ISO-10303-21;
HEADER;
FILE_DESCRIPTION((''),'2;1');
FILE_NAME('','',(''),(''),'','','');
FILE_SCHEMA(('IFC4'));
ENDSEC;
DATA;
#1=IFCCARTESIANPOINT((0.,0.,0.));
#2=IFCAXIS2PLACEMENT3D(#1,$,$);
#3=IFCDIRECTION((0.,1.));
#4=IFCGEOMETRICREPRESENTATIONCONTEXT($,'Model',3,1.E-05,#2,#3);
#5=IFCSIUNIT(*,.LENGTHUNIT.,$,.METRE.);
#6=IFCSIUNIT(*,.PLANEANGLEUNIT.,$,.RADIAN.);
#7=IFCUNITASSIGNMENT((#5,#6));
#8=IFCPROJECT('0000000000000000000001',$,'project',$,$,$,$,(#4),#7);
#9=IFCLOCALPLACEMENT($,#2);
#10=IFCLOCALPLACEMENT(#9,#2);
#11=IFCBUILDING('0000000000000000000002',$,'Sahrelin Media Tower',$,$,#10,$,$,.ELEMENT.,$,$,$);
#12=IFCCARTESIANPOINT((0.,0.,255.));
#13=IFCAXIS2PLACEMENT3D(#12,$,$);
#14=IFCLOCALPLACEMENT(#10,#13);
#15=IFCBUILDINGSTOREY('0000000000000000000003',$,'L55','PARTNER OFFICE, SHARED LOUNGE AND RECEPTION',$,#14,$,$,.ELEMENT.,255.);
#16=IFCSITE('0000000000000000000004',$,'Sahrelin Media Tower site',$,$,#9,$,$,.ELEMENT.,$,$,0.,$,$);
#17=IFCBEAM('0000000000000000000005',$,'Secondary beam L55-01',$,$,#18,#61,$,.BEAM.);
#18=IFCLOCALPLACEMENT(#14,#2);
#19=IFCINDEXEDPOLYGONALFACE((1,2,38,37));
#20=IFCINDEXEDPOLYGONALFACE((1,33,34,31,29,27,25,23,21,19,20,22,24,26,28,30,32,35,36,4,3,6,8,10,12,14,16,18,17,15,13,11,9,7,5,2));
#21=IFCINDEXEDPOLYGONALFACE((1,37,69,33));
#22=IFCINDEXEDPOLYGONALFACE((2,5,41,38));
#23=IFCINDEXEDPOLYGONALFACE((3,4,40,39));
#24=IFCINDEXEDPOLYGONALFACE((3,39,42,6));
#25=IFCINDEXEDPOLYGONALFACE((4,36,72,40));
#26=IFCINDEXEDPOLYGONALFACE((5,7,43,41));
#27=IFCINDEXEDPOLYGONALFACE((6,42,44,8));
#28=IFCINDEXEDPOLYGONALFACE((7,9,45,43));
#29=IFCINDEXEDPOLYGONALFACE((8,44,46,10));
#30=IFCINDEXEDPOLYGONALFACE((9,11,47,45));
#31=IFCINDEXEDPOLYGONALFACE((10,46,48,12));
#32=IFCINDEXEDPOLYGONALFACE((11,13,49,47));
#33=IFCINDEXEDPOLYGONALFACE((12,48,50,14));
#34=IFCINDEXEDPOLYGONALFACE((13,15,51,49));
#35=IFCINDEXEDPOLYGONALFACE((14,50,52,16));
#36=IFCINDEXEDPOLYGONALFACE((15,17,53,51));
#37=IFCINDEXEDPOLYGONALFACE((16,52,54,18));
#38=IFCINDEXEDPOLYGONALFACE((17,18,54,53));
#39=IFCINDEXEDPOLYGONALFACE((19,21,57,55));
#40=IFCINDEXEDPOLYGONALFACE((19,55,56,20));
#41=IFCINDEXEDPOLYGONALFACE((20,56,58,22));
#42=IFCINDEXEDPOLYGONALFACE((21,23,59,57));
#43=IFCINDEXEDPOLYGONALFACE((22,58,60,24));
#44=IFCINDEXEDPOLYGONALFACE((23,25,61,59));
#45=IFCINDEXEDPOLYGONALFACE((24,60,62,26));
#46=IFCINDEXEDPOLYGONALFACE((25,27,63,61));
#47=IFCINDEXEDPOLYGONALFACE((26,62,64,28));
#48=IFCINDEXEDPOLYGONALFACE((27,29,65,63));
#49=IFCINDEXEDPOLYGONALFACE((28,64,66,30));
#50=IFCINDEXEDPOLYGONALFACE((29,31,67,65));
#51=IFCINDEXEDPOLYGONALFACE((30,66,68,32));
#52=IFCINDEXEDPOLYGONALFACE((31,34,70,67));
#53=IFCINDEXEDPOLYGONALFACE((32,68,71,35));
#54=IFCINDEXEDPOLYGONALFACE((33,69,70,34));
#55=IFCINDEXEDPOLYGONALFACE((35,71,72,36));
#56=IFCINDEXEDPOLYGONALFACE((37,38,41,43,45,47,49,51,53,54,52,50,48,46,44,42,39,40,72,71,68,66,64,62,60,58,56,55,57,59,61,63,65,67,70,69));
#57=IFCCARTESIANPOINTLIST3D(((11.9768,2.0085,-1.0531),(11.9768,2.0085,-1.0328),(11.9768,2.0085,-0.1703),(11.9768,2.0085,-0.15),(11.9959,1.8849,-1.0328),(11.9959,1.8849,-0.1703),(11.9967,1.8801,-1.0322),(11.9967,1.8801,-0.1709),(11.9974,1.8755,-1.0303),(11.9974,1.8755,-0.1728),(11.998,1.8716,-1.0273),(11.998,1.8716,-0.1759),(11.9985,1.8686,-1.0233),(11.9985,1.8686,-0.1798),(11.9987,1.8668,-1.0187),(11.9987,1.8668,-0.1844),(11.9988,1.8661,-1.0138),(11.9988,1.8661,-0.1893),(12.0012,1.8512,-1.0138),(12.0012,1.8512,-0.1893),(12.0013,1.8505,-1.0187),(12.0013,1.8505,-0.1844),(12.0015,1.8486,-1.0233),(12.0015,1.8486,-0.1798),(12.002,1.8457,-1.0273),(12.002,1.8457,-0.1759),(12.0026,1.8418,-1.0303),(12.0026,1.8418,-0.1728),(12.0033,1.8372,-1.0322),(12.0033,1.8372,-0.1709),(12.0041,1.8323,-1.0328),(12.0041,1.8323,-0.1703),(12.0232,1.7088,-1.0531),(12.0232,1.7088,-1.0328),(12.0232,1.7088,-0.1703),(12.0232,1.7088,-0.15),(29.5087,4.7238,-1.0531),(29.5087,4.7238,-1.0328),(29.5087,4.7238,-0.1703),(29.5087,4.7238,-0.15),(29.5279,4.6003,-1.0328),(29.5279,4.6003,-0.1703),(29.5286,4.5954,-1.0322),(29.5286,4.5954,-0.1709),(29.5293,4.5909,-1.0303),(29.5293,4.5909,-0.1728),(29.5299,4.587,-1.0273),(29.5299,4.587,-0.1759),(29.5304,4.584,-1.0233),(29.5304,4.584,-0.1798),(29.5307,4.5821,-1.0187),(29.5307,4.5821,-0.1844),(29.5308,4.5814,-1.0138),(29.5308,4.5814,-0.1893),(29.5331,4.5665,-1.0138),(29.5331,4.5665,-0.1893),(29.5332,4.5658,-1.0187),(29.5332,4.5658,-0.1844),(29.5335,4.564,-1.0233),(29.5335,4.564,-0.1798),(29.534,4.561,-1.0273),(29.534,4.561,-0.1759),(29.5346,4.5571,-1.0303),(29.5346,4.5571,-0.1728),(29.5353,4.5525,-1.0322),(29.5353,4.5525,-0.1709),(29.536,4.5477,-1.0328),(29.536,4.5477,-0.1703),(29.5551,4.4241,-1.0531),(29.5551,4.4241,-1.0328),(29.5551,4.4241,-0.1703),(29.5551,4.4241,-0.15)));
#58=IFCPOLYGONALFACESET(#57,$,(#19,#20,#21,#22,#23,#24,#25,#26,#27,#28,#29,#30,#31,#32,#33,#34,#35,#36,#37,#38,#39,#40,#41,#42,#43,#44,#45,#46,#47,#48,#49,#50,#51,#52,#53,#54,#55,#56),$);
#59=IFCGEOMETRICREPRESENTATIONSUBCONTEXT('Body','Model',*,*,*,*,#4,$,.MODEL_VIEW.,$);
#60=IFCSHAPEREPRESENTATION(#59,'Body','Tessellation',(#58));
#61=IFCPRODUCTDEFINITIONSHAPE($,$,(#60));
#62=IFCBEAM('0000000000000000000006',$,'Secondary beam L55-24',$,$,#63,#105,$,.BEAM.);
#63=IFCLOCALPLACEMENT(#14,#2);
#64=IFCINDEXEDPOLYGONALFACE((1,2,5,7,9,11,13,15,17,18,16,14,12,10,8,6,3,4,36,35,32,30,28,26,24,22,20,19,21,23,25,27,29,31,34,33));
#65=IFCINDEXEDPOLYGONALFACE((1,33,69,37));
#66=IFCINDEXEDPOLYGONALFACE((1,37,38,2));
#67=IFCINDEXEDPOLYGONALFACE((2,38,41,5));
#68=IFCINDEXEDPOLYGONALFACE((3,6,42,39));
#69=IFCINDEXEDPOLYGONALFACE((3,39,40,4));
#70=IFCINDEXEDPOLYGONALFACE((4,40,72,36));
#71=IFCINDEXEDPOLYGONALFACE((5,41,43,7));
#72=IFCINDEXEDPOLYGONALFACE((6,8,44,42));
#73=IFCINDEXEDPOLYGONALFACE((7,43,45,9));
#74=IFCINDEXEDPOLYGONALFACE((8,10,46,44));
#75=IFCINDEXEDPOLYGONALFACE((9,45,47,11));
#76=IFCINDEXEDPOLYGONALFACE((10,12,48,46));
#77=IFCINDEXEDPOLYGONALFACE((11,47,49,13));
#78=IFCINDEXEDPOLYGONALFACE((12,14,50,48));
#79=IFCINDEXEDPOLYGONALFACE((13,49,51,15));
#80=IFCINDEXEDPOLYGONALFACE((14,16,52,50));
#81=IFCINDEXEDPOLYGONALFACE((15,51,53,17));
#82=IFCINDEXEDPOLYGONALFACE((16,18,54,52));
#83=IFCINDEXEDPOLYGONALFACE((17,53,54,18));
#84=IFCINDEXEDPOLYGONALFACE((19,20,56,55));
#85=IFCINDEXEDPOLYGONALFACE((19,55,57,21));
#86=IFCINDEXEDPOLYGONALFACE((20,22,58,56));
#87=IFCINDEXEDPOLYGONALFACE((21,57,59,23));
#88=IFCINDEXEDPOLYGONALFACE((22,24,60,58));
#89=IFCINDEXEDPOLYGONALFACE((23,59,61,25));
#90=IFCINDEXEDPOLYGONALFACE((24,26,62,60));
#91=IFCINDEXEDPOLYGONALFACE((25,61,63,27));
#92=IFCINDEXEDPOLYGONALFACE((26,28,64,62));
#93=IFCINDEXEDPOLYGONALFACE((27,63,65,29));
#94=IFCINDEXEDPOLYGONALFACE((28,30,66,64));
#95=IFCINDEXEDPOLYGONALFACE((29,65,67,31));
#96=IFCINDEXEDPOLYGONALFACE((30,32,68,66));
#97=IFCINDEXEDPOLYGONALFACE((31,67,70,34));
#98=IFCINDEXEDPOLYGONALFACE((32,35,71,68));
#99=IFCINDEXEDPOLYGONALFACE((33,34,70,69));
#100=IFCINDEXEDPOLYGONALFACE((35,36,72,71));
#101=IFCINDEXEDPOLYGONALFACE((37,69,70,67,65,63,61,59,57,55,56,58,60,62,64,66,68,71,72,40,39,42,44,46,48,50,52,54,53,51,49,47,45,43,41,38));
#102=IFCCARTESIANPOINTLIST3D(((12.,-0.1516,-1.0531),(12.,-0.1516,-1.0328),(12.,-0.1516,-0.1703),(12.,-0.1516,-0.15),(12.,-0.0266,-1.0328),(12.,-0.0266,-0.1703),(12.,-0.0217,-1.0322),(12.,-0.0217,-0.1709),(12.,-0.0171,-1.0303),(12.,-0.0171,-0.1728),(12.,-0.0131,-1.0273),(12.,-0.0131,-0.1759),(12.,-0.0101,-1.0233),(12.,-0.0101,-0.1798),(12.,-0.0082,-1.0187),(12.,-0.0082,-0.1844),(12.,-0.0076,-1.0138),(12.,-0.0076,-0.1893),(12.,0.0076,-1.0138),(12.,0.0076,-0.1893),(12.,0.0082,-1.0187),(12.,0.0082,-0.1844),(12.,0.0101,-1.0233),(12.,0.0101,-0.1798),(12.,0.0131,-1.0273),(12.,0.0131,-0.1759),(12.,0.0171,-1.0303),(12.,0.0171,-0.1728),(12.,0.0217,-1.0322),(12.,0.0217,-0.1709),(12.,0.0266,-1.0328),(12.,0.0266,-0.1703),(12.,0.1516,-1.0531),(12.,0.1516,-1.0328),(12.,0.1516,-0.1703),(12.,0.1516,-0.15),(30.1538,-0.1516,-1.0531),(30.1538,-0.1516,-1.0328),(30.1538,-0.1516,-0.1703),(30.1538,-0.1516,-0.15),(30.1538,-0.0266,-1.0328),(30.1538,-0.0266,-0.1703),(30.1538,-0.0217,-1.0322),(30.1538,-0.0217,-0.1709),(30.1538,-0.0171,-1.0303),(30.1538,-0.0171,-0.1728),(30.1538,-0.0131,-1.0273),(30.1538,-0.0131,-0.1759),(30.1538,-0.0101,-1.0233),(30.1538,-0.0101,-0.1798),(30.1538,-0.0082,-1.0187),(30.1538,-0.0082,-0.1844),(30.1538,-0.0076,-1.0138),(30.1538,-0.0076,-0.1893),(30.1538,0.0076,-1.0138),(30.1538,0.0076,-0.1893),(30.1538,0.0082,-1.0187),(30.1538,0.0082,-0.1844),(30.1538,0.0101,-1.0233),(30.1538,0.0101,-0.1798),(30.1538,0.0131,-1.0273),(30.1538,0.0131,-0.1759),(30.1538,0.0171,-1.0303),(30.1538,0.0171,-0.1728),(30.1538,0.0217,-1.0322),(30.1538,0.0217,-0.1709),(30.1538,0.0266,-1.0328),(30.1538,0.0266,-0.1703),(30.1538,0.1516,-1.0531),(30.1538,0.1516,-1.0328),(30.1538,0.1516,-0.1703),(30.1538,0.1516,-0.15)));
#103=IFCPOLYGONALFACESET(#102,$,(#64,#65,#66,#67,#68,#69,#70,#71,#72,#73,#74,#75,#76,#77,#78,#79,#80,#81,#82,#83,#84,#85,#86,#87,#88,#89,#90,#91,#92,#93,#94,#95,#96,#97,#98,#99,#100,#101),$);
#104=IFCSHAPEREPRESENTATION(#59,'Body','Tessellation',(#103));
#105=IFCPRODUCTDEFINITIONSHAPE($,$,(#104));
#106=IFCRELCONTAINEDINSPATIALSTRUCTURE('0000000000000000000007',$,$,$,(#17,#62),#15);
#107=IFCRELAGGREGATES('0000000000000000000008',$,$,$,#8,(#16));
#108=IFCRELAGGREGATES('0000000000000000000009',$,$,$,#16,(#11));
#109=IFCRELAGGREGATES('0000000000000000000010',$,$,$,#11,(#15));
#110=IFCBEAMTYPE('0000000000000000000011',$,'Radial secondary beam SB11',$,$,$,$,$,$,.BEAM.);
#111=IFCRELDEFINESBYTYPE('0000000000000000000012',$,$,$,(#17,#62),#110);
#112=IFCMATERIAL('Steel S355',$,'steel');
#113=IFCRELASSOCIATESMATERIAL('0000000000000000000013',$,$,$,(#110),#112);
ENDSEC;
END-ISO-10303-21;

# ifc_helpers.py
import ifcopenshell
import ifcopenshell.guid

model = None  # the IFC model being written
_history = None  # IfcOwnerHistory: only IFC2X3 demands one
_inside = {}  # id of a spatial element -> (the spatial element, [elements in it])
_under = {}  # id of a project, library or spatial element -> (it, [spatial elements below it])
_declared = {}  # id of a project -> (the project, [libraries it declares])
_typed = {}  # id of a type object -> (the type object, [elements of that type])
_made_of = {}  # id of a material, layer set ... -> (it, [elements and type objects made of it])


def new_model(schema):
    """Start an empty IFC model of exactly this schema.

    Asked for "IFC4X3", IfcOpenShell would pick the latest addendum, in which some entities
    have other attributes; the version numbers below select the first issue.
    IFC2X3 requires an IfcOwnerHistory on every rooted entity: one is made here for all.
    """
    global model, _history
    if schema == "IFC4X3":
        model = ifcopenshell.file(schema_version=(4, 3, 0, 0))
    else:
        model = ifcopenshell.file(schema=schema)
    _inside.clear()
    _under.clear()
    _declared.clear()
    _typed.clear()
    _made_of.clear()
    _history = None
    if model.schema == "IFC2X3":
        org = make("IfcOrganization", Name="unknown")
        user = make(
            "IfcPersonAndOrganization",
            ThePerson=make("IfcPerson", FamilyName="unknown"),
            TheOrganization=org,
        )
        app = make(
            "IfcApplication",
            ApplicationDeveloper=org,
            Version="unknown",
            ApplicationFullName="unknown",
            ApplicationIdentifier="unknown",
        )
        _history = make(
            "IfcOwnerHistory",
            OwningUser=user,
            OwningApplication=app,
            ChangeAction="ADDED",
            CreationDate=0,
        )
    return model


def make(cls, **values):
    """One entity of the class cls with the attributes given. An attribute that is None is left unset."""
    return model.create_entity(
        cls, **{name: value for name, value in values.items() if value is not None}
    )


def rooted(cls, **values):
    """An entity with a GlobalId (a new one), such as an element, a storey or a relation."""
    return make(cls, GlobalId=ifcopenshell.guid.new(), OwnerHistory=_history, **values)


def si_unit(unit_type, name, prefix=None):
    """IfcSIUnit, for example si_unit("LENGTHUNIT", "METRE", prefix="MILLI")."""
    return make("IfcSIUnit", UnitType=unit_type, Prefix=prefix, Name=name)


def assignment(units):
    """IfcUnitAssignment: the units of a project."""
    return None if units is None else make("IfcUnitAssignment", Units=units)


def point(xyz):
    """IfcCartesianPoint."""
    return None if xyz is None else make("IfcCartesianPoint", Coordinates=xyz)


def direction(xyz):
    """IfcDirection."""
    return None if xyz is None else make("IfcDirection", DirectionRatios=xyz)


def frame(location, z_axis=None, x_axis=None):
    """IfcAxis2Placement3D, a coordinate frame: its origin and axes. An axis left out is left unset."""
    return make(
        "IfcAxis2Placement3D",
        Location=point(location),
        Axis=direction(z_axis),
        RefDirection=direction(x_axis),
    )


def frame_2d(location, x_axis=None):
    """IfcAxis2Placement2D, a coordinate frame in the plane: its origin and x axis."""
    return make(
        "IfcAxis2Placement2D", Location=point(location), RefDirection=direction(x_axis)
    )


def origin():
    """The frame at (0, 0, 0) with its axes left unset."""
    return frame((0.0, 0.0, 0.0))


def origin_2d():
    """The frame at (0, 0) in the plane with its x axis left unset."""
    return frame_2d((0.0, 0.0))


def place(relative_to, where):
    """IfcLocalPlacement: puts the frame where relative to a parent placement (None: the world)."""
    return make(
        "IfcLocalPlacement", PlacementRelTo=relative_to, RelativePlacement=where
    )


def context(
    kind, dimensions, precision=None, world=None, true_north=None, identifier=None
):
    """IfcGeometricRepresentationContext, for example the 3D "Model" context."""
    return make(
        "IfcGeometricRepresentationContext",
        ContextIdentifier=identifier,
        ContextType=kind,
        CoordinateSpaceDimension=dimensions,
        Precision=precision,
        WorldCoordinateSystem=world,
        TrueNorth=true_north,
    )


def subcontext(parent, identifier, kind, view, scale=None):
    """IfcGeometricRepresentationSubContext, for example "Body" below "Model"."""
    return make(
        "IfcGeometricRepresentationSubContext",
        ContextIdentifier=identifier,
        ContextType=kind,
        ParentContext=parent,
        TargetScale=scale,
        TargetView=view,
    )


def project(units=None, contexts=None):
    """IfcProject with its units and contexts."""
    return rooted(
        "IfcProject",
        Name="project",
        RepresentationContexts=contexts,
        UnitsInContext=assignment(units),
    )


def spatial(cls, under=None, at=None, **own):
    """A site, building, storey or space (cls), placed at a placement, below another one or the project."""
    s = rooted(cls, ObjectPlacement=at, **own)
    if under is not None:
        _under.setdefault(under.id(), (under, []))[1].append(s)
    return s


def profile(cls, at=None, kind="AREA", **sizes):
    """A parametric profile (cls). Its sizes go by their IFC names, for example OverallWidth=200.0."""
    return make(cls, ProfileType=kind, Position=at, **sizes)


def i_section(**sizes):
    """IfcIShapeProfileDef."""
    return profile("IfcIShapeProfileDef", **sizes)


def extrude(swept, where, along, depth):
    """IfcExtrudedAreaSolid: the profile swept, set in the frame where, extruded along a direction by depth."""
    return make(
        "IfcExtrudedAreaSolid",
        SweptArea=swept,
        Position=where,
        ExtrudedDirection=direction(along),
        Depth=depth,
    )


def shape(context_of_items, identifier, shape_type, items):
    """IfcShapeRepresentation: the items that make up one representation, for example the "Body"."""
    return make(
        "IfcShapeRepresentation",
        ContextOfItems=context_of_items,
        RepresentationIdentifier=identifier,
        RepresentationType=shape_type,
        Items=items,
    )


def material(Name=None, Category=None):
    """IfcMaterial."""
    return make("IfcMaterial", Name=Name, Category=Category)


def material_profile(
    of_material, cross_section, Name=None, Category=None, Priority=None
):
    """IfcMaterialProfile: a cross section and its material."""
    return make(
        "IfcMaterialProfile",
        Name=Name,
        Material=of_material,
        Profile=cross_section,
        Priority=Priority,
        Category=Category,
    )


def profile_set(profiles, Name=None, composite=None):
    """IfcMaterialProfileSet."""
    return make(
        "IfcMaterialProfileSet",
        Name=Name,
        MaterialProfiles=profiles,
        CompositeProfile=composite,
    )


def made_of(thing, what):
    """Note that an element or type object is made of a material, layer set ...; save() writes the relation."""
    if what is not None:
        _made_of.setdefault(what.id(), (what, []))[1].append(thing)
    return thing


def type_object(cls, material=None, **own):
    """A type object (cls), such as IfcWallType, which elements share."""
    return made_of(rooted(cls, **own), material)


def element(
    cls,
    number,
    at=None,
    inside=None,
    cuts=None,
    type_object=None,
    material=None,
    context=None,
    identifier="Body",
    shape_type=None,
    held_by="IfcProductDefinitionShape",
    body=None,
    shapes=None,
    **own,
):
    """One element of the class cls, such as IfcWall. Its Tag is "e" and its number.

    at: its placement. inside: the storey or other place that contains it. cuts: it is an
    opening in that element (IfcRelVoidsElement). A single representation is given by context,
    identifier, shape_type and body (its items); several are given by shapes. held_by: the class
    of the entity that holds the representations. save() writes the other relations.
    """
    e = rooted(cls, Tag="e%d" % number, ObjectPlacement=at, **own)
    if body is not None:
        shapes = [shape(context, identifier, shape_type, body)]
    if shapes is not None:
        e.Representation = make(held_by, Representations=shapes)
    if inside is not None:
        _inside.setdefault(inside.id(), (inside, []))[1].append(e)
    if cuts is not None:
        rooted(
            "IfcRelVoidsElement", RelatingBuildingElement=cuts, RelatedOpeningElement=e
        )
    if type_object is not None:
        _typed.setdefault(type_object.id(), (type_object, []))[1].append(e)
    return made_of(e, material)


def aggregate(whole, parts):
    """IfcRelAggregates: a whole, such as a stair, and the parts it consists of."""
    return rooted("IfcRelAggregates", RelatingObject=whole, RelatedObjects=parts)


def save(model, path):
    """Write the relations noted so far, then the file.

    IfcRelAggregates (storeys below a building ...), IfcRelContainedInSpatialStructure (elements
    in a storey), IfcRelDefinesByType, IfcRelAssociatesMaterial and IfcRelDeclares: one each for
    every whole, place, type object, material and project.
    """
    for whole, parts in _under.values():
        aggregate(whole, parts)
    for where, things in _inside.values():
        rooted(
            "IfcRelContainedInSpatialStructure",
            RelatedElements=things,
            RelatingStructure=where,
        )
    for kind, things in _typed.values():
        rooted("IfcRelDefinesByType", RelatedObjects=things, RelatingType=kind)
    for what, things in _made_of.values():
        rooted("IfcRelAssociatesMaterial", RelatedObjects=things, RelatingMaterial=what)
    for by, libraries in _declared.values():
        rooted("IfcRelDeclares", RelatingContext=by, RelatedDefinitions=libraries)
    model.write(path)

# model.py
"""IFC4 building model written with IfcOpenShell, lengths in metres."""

from ifc_helpers import new_model, si_unit, direction, frame, origin, origin_2d, place, context, subcontext, project, spatial, i_section, extrude, material, material_profile, profile_set, type_object, element, save


model = new_model("IFC4")

# Units and contexts
model_context = context("Model", 3, precision=1e-05, world=origin(), true_north=direction((0.0, 1.0)))
body_context = subcontext(model_context, "Body", "Model", "MODEL_VIEW")
ifc_project = project(units=[si_unit("LENGTHUNIT", "METRE"), si_unit("PLANEANGLEUNIT", "RADIAN")], contexts=[model_context])

# Site, building, storey
site_placement = place(None, origin())
site = spatial("IfcSite", under=ifc_project, at=site_placement, Name="Sahrelin Media Tower site", CompositionType="ELEMENT", RefElevation=0.0)
building_placement = place(site_placement, origin())
building = spatial("IfcBuilding", under=site, at=building_placement, Name="Sahrelin Media Tower", CompositionType="ELEMENT")
storey_placement = place(building_placement, frame((0.0, 0.0, 255.0)))
storey = spatial("IfcBuildingStorey", under=building, at=storey_placement, Name="L55", Description="PARTNER OFFICE, SHARED LOUNGE AND RECEPTION", CompositionType="ELEMENT", Elevation=255.0)

# Beams
ifc_material_1 = material(Name="Steel S355", Category="steel")
ifc_material_profile_1 = material_profile(ifc_material_1, i_section(OverallWidth=0.3032, OverallDepth=0.9031, WebThickness=0.0151, FlangeThickness=0.0203, FilletRadius=0.019, at=origin_2d()), Name="UB 914x305x201")
ifc_profile_set_1 = profile_set([ifc_material_profile_1], Name="Steel S355")
beam_type_1 = type_object("IfcBeamType", Name="Radial secondary beam SB11", PredefinedType="BEAM", material=ifc_profile_set_1)
beam_1_placement = place(storey_placement, frame((12.0, 1.8586, -0.6016), z_axis=(0.988218, 0.153054, 0.0), x_axis=(-0.153054, 0.988218, 0.0)))
element("IfcBeam", 1, at=beam_1_placement, inside=storey, type_object=beam_type_1, Name="Secondary beam L55-01", PredefinedType="BEAM", context=body_context, shape_type="SweptSolid", body=[
    extrude(i_section(OverallWidth=0.3032, OverallDepth=0.9031, WebThickness=0.0151, FlangeThickness=0.0203, FilletRadius=0.019, at=origin_2d()), origin(), (0.0, 0.0, 1.0), 17.741),
])
beam_2_placement = place(storey_placement, frame((12.0, 0.0, -0.6016), z_axis=(1.0, 0.0, 0.0), x_axis=(0.0, 1.0, 0.0)))
element("IfcBeam", 2, at=beam_2_placement, inside=storey, type_object=beam_type_1, Name="Secondary beam L55-24", PredefinedType="BEAM", context=body_context, shape_type="SweptSolid", body=[
    extrude(i_section(OverallWidth=0.3032, OverallDepth=0.9031, WebThickness=0.0151, FlangeThickness=0.0203, FilletRadius=0.019, at=origin_2d()), origin(), (0.0, 0.0, 1.0), 18.1538),
])

save(model, "model.ifc")
